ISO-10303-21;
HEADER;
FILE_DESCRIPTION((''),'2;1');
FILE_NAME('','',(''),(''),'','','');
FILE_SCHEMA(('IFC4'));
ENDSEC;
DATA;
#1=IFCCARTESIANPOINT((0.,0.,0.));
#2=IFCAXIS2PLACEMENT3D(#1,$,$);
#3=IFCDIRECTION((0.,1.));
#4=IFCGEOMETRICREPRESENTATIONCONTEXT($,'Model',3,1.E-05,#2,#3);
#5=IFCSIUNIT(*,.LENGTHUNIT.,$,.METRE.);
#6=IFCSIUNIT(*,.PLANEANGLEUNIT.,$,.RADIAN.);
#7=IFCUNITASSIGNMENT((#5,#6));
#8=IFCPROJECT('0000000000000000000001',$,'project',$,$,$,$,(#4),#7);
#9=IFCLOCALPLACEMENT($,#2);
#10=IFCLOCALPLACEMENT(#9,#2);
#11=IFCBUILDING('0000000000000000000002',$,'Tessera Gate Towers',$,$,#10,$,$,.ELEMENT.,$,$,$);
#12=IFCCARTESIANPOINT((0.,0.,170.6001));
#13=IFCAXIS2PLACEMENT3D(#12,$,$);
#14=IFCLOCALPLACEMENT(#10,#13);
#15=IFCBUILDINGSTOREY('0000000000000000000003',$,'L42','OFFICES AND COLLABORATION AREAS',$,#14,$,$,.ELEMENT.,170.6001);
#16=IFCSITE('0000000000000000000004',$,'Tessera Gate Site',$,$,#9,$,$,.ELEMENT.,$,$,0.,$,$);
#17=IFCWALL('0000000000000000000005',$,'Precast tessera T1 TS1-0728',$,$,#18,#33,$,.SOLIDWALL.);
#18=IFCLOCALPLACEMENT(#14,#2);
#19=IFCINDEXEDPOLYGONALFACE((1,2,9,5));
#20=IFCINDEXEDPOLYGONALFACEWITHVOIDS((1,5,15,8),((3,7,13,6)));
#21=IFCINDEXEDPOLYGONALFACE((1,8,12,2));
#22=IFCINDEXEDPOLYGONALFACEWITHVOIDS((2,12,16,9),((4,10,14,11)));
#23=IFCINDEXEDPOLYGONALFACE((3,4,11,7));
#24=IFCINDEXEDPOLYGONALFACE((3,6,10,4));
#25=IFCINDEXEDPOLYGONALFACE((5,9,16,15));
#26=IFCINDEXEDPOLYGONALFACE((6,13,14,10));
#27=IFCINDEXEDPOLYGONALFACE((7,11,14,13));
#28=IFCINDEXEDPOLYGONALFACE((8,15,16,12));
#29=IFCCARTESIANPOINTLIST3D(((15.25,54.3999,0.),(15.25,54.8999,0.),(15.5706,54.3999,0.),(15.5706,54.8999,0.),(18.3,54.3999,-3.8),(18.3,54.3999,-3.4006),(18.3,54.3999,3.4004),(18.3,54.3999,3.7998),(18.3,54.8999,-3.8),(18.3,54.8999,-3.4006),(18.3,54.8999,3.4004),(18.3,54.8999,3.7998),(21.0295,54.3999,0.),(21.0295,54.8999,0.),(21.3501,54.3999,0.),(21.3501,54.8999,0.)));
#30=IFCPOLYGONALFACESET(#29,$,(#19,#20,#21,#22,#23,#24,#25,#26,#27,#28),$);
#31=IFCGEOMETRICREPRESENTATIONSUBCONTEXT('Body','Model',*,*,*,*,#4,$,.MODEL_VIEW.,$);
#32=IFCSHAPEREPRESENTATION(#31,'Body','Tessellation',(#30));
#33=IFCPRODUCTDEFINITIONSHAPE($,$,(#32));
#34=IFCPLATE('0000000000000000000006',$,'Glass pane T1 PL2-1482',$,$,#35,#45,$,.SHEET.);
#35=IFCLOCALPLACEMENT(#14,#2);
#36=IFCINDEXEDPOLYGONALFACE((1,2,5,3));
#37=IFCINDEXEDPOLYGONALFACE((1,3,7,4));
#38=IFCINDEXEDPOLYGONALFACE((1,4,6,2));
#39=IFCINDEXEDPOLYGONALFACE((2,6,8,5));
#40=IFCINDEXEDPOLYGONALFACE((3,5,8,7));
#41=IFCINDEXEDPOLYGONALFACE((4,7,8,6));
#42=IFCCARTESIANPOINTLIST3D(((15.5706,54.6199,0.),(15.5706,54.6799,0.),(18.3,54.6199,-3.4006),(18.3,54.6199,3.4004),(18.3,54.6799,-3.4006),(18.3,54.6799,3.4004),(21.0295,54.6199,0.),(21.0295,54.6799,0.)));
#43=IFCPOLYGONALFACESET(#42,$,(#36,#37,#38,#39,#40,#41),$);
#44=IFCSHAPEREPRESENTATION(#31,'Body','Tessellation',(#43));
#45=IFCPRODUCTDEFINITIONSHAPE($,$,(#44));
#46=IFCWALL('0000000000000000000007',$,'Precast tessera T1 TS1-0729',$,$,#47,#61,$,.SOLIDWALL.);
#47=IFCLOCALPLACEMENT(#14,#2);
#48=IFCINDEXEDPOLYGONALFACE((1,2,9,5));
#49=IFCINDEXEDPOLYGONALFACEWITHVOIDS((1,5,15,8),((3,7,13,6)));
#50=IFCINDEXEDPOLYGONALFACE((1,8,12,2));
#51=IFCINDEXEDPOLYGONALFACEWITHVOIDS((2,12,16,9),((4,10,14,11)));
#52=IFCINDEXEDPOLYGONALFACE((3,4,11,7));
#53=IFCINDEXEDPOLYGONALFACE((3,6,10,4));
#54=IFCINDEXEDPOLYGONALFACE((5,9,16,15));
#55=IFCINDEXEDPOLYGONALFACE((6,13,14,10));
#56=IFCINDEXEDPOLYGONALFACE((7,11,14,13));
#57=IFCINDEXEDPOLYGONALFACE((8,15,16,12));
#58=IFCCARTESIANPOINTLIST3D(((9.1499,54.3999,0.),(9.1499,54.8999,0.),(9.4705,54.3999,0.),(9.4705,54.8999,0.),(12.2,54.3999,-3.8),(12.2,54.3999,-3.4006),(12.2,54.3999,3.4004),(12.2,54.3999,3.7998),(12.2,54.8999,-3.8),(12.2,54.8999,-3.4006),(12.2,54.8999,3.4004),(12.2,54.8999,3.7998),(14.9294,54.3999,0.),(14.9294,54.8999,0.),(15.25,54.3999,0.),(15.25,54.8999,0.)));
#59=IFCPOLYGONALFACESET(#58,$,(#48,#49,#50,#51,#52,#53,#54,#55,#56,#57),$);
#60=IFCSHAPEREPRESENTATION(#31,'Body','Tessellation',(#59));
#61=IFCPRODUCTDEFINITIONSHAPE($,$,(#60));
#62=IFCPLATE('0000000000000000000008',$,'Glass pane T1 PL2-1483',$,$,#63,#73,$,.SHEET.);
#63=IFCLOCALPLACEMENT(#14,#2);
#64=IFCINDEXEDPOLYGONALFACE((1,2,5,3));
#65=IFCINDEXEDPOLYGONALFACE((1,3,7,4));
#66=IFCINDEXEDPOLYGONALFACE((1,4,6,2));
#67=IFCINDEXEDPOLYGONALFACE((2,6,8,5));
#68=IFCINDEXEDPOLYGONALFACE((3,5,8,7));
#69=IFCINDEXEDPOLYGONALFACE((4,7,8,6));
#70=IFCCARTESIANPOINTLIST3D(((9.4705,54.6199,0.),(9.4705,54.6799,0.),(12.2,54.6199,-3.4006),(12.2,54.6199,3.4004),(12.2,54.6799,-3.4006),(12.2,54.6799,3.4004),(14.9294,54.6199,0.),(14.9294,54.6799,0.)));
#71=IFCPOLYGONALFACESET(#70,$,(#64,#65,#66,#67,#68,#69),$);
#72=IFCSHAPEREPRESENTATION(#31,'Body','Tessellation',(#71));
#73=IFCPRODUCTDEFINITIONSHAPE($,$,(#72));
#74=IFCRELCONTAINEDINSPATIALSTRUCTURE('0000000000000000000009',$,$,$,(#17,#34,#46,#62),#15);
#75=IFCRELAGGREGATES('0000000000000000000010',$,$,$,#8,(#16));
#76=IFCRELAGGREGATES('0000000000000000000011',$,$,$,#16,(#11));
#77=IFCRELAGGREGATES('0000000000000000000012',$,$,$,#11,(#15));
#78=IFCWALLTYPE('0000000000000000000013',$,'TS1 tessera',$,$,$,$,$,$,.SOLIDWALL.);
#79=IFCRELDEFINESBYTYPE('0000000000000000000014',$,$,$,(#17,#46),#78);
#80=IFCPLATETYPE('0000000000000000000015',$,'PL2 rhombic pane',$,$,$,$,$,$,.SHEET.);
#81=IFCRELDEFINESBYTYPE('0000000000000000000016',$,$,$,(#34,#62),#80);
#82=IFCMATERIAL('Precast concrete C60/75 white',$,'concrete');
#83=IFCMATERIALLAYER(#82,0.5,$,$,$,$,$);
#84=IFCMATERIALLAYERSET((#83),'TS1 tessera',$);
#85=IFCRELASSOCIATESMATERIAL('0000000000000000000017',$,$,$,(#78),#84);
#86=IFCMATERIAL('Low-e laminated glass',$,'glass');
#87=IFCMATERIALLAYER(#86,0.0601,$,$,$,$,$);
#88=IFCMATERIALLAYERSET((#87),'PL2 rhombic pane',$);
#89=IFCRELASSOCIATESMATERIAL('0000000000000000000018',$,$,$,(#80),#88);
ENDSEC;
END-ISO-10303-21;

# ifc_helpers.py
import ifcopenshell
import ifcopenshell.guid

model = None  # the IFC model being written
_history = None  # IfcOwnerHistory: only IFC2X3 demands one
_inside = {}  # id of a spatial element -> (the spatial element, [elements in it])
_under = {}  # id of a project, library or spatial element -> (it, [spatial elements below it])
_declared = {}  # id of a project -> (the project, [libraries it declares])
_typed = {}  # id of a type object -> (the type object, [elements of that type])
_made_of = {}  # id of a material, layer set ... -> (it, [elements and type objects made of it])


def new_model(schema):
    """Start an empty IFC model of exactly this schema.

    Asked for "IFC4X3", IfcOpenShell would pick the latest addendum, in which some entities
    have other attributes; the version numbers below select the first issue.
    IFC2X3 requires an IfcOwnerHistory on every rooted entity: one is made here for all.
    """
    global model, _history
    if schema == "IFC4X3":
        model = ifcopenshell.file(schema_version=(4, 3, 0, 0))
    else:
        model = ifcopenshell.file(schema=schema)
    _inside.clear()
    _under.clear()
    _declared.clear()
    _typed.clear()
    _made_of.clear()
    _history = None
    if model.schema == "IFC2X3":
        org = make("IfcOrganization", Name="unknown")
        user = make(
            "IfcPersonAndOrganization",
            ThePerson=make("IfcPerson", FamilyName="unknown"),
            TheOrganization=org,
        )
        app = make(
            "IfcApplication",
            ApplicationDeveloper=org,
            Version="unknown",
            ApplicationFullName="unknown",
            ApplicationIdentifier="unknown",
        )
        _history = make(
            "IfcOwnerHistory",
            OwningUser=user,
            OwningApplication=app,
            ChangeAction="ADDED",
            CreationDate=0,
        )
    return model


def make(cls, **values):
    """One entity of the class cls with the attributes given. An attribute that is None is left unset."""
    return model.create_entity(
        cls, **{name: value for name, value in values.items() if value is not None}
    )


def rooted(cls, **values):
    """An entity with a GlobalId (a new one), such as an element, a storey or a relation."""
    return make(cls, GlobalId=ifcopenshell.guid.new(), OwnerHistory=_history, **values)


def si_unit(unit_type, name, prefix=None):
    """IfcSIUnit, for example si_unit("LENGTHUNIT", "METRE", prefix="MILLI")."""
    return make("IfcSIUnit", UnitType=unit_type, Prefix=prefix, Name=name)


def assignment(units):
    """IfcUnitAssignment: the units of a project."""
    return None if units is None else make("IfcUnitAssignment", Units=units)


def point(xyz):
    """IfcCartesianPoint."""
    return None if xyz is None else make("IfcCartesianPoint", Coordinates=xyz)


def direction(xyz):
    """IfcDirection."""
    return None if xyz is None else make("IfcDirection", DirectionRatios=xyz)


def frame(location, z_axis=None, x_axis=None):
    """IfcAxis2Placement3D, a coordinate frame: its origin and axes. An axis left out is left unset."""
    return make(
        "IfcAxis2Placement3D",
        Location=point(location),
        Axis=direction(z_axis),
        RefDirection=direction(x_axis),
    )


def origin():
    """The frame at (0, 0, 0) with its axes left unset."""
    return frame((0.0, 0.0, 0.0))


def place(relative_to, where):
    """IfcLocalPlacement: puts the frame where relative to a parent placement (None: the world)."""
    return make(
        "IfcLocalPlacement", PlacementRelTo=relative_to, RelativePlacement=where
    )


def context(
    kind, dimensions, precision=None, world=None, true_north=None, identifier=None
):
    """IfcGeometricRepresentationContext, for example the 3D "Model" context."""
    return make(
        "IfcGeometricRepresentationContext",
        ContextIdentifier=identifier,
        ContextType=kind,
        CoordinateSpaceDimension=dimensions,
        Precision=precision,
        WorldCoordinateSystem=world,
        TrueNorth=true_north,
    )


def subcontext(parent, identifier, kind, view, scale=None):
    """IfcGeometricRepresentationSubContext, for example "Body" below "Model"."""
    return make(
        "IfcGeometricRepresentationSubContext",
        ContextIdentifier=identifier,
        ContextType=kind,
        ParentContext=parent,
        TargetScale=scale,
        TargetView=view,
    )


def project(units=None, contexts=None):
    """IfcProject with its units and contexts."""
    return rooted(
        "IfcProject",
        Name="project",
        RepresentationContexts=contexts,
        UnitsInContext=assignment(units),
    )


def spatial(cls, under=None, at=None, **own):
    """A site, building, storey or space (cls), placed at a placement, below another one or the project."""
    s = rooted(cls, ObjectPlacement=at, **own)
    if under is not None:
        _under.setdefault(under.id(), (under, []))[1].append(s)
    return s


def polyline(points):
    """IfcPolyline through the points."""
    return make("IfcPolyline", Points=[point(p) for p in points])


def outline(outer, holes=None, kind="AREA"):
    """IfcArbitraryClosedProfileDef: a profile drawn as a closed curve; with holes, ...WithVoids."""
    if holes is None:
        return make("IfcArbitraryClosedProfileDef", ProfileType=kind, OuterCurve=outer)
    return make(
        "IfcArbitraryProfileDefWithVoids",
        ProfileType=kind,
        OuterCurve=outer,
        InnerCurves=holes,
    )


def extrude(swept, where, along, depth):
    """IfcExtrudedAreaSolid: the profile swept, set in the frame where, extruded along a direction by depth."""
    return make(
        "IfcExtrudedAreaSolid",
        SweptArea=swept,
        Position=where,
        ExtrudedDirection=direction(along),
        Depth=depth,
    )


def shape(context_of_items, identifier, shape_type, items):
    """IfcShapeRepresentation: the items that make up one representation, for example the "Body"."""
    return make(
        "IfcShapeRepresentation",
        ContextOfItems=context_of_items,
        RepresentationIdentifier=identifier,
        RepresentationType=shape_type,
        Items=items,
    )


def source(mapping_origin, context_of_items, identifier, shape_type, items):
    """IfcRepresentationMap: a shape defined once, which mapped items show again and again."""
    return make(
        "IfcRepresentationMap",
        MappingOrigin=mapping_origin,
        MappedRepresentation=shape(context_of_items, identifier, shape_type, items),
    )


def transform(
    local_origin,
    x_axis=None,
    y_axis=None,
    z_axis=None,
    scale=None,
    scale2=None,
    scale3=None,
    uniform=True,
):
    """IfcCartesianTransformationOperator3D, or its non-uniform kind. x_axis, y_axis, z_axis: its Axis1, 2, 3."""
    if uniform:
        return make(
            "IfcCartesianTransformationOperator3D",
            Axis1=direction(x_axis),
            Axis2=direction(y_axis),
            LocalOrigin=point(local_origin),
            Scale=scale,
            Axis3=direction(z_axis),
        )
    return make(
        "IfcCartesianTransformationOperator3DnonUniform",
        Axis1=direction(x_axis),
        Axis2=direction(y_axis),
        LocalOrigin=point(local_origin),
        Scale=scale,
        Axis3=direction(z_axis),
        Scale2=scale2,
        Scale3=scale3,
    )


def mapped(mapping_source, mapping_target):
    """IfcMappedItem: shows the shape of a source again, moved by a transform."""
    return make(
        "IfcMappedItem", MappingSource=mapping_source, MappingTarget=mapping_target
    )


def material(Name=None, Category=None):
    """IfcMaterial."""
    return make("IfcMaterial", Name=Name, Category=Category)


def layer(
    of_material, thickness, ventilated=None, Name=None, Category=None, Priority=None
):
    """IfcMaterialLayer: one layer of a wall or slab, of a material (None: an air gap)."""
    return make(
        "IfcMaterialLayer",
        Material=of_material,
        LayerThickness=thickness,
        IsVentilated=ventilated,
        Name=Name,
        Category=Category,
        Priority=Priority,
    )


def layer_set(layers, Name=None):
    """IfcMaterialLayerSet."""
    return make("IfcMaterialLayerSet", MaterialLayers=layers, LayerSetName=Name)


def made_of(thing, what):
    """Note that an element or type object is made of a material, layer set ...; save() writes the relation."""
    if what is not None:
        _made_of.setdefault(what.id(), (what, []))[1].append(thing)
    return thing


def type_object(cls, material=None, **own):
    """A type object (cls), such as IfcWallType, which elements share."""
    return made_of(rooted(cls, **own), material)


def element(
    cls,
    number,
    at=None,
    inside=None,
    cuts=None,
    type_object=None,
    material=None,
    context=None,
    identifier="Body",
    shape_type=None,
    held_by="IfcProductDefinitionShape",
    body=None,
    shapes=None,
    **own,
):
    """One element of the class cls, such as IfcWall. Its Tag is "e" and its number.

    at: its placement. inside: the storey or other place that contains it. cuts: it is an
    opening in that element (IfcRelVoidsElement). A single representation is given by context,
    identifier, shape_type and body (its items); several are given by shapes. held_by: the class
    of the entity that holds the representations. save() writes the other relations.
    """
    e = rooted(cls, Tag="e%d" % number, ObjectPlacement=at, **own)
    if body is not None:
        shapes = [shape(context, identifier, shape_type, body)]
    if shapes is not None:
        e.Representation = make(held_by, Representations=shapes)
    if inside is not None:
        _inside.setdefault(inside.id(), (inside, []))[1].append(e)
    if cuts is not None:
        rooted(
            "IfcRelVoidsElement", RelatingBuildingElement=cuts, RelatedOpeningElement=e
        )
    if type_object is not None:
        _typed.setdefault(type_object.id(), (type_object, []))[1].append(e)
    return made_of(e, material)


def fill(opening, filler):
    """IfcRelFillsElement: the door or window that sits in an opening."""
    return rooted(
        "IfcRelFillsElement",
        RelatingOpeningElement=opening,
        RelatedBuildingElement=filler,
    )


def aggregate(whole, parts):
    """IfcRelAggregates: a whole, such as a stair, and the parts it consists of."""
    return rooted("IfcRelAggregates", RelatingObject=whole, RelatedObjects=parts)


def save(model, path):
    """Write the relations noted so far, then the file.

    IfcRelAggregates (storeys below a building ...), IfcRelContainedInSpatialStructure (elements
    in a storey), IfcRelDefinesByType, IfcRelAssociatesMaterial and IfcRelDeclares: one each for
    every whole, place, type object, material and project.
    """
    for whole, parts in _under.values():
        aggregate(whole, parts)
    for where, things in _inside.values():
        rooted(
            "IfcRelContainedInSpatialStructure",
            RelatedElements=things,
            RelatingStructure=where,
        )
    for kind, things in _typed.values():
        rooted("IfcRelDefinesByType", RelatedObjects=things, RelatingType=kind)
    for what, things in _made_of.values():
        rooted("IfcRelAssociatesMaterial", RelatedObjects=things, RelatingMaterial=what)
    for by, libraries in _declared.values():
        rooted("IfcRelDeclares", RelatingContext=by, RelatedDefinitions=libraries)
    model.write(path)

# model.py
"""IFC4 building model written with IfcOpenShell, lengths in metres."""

from ifc_helpers import new_model, si_unit, direction, frame, origin, place, context, subcontext, project, spatial, polyline, outline, extrude, source, transform, mapped, material, layer, layer_set, type_object, element, fill, save


model = new_model("IFC4")

# Units and contexts
model_context = context("Model", 3, precision=1e-05, world=origin(), true_north=direction((0.0, 1.0)))
body_context = subcontext(model_context, "Body", "Model", "MODEL_VIEW")
ifc_project = project(units=[si_unit("LENGTHUNIT", "METRE"), si_unit("PLANEANGLEUNIT", "RADIAN")], contexts=[model_context])

# Site, building, storey
site_placement = place(None, origin())
site = spatial("IfcSite", under=ifc_project, at=site_placement, Name="Tessera Gate Site", CompositionType="ELEMENT", RefElevation=0.0)
building_placement = place(site_placement, origin())
building = spatial("IfcBuilding", under=site, at=building_placement, Name="Tessera Gate Towers", CompositionType="ELEMENT")
storey_placement = place(building_placement, frame((0.0, 0.0, 170.6001)))
storey = spatial("IfcBuildingStorey", under=building, at=storey_placement, Name="L42", Description="OFFICES AND COLLABORATION AREAS", CompositionType="ELEMENT", Elevation=170.6001)

# Walls, openings, plates
ifc_material_1 = material(Name="Precast concrete C60/75 white", Category="concrete")
ifc_layer_1 = layer(ifc_material_1, 0.5)
ifc_layer_set_1 = layer_set([ifc_layer_1], Name="TS1 tessera")
wall_type_1 = type_object("IfcWallType", Name="TS1 tessera", PredefinedType="SOLIDWALL", material=ifc_layer_set_1)
shared_shape_1 = source(origin(), body_context, "Body", "SweptSolid", [
    extrude(outline(polyline([(3.05, 0.0), (6.1001, 3.8), (3.05, 7.5999), (0.0, 3.8), (3.05, 0.0)])), frame((0.0, 0.25, 0.0), z_axis=(0.0, -1.0, 0.0), x_axis=(1.0, 0.0, 0.0)), (0.0, 0.0, 1.0), 0.5),
])
wall_1_placement = place(storey_placement, frame((21.3501, 54.6499, -3.8), z_axis=(0.0, 0.0, 1.0), x_axis=(-1.0, 0.0, 0.0)))
wall_1 = element("IfcWall", 1, at=wall_1_placement, inside=storey, type_object=wall_type_1, Name="Precast tessera T1 TS1-0728", PredefinedType="SOLIDWALL", context=body_context, shape_type="MappedRepresentation", body=[
    mapped(shared_shape_1, transform((0.0, 0.0, 0.0), scale=1.0)),
])
shared_shape_2 = source(origin(), body_context, "Body", "SweptSolid", [
    extrude(outline(polyline([(3.05, 0.3994), (5.7795, 3.8), (3.05, 7.2004), (0.3206, 3.8), (3.05, 0.3994)])), frame((0.0, 0.26, 0.0), z_axis=(0.0, -1.0, 0.0), x_axis=(1.0, 0.0, 0.0)), (0.0, 0.0, 1.0), 0.52),
])
opening_1_placement = place(wall_1_placement, origin())
opening_1 = element("IfcOpeningElement", 2, at=opening_1_placement, cuts=wall_1, PredefinedType="OPENING", context=body_context, shape_type="MappedRepresentation", body=[
    mapped(shared_shape_2, transform((0.0, 0.0, 0.0), scale=1.0)),
])
ifc_material_2 = material(Name="Low-e laminated glass", Category="glass")
ifc_layer_2 = layer(ifc_material_2, 0.0601)
ifc_layer_set_2 = layer_set([ifc_layer_2], Name="PL2 rhombic pane")
plate_type = type_object("IfcPlateType", Name="PL2 rhombic pane", PredefinedType="SHEET", material=ifc_layer_set_2)
shared_shape_3 = source(origin(), body_context, "Body", "SweptSolid", [
    extrude(outline(polyline([(3.05, 0.3994), (5.7795, 3.8), (3.05, 7.2004), (0.3206, 3.8), (3.05, 0.3994)])), frame((0.0, 0.03, 0.0), z_axis=(0.0, -1.0, 0.0), x_axis=(1.0, 0.0, 0.0)), (0.0, 0.0, 1.0), 0.0601),
])
plate_1_placement = place(opening_1_placement, origin())
plate_1 = element("IfcPlate", 3, at=plate_1_placement, inside=storey, type_object=plate_type, Name="Glass pane T1 PL2-1482", PredefinedType="SHEET", context=body_context, shape_type="MappedRepresentation", body=[
    mapped(shared_shape_3, transform((0.0, 0.0, 0.0), scale=1.0)),
])
fill(opening_1, plate_1)
wall_2_placement = place(storey_placement, frame((15.25, 54.6499, -3.8), z_axis=(0.0, 0.0, 1.0), x_axis=(-1.0, 0.0, 0.0)))
wall_2 = element("IfcWall", 4, at=wall_2_placement, inside=storey, type_object=wall_type_1, Name="Precast tessera T1 TS1-0729", PredefinedType="SOLIDWALL", context=body_context, shape_type="MappedRepresentation", body=[
    mapped(shared_shape_1, transform((0.0, 0.0, 0.0), scale=1.0)),
])
opening_2_placement = place(wall_2_placement, origin())
opening_2 = element("IfcOpeningElement", 5, at=opening_2_placement, cuts=wall_2, PredefinedType="OPENING", context=body_context, shape_type="MappedRepresentation", body=[
    mapped(shared_shape_2, transform((0.0, 0.0, 0.0), scale=1.0)),
])
plate_2_placement = place(opening_2_placement, origin())
plate_2 = element("IfcPlate", 6, at=plate_2_placement, inside=storey, type_object=plate_type, Name="Glass pane T1 PL2-1483", PredefinedType="SHEET", context=body_context, shape_type="MappedRepresentation", body=[
    mapped(shared_shape_3, transform((0.0, 0.0, 0.0), scale=1.0)),
])
fill(opening_2, plate_2)

save(model, "model.ifc")
